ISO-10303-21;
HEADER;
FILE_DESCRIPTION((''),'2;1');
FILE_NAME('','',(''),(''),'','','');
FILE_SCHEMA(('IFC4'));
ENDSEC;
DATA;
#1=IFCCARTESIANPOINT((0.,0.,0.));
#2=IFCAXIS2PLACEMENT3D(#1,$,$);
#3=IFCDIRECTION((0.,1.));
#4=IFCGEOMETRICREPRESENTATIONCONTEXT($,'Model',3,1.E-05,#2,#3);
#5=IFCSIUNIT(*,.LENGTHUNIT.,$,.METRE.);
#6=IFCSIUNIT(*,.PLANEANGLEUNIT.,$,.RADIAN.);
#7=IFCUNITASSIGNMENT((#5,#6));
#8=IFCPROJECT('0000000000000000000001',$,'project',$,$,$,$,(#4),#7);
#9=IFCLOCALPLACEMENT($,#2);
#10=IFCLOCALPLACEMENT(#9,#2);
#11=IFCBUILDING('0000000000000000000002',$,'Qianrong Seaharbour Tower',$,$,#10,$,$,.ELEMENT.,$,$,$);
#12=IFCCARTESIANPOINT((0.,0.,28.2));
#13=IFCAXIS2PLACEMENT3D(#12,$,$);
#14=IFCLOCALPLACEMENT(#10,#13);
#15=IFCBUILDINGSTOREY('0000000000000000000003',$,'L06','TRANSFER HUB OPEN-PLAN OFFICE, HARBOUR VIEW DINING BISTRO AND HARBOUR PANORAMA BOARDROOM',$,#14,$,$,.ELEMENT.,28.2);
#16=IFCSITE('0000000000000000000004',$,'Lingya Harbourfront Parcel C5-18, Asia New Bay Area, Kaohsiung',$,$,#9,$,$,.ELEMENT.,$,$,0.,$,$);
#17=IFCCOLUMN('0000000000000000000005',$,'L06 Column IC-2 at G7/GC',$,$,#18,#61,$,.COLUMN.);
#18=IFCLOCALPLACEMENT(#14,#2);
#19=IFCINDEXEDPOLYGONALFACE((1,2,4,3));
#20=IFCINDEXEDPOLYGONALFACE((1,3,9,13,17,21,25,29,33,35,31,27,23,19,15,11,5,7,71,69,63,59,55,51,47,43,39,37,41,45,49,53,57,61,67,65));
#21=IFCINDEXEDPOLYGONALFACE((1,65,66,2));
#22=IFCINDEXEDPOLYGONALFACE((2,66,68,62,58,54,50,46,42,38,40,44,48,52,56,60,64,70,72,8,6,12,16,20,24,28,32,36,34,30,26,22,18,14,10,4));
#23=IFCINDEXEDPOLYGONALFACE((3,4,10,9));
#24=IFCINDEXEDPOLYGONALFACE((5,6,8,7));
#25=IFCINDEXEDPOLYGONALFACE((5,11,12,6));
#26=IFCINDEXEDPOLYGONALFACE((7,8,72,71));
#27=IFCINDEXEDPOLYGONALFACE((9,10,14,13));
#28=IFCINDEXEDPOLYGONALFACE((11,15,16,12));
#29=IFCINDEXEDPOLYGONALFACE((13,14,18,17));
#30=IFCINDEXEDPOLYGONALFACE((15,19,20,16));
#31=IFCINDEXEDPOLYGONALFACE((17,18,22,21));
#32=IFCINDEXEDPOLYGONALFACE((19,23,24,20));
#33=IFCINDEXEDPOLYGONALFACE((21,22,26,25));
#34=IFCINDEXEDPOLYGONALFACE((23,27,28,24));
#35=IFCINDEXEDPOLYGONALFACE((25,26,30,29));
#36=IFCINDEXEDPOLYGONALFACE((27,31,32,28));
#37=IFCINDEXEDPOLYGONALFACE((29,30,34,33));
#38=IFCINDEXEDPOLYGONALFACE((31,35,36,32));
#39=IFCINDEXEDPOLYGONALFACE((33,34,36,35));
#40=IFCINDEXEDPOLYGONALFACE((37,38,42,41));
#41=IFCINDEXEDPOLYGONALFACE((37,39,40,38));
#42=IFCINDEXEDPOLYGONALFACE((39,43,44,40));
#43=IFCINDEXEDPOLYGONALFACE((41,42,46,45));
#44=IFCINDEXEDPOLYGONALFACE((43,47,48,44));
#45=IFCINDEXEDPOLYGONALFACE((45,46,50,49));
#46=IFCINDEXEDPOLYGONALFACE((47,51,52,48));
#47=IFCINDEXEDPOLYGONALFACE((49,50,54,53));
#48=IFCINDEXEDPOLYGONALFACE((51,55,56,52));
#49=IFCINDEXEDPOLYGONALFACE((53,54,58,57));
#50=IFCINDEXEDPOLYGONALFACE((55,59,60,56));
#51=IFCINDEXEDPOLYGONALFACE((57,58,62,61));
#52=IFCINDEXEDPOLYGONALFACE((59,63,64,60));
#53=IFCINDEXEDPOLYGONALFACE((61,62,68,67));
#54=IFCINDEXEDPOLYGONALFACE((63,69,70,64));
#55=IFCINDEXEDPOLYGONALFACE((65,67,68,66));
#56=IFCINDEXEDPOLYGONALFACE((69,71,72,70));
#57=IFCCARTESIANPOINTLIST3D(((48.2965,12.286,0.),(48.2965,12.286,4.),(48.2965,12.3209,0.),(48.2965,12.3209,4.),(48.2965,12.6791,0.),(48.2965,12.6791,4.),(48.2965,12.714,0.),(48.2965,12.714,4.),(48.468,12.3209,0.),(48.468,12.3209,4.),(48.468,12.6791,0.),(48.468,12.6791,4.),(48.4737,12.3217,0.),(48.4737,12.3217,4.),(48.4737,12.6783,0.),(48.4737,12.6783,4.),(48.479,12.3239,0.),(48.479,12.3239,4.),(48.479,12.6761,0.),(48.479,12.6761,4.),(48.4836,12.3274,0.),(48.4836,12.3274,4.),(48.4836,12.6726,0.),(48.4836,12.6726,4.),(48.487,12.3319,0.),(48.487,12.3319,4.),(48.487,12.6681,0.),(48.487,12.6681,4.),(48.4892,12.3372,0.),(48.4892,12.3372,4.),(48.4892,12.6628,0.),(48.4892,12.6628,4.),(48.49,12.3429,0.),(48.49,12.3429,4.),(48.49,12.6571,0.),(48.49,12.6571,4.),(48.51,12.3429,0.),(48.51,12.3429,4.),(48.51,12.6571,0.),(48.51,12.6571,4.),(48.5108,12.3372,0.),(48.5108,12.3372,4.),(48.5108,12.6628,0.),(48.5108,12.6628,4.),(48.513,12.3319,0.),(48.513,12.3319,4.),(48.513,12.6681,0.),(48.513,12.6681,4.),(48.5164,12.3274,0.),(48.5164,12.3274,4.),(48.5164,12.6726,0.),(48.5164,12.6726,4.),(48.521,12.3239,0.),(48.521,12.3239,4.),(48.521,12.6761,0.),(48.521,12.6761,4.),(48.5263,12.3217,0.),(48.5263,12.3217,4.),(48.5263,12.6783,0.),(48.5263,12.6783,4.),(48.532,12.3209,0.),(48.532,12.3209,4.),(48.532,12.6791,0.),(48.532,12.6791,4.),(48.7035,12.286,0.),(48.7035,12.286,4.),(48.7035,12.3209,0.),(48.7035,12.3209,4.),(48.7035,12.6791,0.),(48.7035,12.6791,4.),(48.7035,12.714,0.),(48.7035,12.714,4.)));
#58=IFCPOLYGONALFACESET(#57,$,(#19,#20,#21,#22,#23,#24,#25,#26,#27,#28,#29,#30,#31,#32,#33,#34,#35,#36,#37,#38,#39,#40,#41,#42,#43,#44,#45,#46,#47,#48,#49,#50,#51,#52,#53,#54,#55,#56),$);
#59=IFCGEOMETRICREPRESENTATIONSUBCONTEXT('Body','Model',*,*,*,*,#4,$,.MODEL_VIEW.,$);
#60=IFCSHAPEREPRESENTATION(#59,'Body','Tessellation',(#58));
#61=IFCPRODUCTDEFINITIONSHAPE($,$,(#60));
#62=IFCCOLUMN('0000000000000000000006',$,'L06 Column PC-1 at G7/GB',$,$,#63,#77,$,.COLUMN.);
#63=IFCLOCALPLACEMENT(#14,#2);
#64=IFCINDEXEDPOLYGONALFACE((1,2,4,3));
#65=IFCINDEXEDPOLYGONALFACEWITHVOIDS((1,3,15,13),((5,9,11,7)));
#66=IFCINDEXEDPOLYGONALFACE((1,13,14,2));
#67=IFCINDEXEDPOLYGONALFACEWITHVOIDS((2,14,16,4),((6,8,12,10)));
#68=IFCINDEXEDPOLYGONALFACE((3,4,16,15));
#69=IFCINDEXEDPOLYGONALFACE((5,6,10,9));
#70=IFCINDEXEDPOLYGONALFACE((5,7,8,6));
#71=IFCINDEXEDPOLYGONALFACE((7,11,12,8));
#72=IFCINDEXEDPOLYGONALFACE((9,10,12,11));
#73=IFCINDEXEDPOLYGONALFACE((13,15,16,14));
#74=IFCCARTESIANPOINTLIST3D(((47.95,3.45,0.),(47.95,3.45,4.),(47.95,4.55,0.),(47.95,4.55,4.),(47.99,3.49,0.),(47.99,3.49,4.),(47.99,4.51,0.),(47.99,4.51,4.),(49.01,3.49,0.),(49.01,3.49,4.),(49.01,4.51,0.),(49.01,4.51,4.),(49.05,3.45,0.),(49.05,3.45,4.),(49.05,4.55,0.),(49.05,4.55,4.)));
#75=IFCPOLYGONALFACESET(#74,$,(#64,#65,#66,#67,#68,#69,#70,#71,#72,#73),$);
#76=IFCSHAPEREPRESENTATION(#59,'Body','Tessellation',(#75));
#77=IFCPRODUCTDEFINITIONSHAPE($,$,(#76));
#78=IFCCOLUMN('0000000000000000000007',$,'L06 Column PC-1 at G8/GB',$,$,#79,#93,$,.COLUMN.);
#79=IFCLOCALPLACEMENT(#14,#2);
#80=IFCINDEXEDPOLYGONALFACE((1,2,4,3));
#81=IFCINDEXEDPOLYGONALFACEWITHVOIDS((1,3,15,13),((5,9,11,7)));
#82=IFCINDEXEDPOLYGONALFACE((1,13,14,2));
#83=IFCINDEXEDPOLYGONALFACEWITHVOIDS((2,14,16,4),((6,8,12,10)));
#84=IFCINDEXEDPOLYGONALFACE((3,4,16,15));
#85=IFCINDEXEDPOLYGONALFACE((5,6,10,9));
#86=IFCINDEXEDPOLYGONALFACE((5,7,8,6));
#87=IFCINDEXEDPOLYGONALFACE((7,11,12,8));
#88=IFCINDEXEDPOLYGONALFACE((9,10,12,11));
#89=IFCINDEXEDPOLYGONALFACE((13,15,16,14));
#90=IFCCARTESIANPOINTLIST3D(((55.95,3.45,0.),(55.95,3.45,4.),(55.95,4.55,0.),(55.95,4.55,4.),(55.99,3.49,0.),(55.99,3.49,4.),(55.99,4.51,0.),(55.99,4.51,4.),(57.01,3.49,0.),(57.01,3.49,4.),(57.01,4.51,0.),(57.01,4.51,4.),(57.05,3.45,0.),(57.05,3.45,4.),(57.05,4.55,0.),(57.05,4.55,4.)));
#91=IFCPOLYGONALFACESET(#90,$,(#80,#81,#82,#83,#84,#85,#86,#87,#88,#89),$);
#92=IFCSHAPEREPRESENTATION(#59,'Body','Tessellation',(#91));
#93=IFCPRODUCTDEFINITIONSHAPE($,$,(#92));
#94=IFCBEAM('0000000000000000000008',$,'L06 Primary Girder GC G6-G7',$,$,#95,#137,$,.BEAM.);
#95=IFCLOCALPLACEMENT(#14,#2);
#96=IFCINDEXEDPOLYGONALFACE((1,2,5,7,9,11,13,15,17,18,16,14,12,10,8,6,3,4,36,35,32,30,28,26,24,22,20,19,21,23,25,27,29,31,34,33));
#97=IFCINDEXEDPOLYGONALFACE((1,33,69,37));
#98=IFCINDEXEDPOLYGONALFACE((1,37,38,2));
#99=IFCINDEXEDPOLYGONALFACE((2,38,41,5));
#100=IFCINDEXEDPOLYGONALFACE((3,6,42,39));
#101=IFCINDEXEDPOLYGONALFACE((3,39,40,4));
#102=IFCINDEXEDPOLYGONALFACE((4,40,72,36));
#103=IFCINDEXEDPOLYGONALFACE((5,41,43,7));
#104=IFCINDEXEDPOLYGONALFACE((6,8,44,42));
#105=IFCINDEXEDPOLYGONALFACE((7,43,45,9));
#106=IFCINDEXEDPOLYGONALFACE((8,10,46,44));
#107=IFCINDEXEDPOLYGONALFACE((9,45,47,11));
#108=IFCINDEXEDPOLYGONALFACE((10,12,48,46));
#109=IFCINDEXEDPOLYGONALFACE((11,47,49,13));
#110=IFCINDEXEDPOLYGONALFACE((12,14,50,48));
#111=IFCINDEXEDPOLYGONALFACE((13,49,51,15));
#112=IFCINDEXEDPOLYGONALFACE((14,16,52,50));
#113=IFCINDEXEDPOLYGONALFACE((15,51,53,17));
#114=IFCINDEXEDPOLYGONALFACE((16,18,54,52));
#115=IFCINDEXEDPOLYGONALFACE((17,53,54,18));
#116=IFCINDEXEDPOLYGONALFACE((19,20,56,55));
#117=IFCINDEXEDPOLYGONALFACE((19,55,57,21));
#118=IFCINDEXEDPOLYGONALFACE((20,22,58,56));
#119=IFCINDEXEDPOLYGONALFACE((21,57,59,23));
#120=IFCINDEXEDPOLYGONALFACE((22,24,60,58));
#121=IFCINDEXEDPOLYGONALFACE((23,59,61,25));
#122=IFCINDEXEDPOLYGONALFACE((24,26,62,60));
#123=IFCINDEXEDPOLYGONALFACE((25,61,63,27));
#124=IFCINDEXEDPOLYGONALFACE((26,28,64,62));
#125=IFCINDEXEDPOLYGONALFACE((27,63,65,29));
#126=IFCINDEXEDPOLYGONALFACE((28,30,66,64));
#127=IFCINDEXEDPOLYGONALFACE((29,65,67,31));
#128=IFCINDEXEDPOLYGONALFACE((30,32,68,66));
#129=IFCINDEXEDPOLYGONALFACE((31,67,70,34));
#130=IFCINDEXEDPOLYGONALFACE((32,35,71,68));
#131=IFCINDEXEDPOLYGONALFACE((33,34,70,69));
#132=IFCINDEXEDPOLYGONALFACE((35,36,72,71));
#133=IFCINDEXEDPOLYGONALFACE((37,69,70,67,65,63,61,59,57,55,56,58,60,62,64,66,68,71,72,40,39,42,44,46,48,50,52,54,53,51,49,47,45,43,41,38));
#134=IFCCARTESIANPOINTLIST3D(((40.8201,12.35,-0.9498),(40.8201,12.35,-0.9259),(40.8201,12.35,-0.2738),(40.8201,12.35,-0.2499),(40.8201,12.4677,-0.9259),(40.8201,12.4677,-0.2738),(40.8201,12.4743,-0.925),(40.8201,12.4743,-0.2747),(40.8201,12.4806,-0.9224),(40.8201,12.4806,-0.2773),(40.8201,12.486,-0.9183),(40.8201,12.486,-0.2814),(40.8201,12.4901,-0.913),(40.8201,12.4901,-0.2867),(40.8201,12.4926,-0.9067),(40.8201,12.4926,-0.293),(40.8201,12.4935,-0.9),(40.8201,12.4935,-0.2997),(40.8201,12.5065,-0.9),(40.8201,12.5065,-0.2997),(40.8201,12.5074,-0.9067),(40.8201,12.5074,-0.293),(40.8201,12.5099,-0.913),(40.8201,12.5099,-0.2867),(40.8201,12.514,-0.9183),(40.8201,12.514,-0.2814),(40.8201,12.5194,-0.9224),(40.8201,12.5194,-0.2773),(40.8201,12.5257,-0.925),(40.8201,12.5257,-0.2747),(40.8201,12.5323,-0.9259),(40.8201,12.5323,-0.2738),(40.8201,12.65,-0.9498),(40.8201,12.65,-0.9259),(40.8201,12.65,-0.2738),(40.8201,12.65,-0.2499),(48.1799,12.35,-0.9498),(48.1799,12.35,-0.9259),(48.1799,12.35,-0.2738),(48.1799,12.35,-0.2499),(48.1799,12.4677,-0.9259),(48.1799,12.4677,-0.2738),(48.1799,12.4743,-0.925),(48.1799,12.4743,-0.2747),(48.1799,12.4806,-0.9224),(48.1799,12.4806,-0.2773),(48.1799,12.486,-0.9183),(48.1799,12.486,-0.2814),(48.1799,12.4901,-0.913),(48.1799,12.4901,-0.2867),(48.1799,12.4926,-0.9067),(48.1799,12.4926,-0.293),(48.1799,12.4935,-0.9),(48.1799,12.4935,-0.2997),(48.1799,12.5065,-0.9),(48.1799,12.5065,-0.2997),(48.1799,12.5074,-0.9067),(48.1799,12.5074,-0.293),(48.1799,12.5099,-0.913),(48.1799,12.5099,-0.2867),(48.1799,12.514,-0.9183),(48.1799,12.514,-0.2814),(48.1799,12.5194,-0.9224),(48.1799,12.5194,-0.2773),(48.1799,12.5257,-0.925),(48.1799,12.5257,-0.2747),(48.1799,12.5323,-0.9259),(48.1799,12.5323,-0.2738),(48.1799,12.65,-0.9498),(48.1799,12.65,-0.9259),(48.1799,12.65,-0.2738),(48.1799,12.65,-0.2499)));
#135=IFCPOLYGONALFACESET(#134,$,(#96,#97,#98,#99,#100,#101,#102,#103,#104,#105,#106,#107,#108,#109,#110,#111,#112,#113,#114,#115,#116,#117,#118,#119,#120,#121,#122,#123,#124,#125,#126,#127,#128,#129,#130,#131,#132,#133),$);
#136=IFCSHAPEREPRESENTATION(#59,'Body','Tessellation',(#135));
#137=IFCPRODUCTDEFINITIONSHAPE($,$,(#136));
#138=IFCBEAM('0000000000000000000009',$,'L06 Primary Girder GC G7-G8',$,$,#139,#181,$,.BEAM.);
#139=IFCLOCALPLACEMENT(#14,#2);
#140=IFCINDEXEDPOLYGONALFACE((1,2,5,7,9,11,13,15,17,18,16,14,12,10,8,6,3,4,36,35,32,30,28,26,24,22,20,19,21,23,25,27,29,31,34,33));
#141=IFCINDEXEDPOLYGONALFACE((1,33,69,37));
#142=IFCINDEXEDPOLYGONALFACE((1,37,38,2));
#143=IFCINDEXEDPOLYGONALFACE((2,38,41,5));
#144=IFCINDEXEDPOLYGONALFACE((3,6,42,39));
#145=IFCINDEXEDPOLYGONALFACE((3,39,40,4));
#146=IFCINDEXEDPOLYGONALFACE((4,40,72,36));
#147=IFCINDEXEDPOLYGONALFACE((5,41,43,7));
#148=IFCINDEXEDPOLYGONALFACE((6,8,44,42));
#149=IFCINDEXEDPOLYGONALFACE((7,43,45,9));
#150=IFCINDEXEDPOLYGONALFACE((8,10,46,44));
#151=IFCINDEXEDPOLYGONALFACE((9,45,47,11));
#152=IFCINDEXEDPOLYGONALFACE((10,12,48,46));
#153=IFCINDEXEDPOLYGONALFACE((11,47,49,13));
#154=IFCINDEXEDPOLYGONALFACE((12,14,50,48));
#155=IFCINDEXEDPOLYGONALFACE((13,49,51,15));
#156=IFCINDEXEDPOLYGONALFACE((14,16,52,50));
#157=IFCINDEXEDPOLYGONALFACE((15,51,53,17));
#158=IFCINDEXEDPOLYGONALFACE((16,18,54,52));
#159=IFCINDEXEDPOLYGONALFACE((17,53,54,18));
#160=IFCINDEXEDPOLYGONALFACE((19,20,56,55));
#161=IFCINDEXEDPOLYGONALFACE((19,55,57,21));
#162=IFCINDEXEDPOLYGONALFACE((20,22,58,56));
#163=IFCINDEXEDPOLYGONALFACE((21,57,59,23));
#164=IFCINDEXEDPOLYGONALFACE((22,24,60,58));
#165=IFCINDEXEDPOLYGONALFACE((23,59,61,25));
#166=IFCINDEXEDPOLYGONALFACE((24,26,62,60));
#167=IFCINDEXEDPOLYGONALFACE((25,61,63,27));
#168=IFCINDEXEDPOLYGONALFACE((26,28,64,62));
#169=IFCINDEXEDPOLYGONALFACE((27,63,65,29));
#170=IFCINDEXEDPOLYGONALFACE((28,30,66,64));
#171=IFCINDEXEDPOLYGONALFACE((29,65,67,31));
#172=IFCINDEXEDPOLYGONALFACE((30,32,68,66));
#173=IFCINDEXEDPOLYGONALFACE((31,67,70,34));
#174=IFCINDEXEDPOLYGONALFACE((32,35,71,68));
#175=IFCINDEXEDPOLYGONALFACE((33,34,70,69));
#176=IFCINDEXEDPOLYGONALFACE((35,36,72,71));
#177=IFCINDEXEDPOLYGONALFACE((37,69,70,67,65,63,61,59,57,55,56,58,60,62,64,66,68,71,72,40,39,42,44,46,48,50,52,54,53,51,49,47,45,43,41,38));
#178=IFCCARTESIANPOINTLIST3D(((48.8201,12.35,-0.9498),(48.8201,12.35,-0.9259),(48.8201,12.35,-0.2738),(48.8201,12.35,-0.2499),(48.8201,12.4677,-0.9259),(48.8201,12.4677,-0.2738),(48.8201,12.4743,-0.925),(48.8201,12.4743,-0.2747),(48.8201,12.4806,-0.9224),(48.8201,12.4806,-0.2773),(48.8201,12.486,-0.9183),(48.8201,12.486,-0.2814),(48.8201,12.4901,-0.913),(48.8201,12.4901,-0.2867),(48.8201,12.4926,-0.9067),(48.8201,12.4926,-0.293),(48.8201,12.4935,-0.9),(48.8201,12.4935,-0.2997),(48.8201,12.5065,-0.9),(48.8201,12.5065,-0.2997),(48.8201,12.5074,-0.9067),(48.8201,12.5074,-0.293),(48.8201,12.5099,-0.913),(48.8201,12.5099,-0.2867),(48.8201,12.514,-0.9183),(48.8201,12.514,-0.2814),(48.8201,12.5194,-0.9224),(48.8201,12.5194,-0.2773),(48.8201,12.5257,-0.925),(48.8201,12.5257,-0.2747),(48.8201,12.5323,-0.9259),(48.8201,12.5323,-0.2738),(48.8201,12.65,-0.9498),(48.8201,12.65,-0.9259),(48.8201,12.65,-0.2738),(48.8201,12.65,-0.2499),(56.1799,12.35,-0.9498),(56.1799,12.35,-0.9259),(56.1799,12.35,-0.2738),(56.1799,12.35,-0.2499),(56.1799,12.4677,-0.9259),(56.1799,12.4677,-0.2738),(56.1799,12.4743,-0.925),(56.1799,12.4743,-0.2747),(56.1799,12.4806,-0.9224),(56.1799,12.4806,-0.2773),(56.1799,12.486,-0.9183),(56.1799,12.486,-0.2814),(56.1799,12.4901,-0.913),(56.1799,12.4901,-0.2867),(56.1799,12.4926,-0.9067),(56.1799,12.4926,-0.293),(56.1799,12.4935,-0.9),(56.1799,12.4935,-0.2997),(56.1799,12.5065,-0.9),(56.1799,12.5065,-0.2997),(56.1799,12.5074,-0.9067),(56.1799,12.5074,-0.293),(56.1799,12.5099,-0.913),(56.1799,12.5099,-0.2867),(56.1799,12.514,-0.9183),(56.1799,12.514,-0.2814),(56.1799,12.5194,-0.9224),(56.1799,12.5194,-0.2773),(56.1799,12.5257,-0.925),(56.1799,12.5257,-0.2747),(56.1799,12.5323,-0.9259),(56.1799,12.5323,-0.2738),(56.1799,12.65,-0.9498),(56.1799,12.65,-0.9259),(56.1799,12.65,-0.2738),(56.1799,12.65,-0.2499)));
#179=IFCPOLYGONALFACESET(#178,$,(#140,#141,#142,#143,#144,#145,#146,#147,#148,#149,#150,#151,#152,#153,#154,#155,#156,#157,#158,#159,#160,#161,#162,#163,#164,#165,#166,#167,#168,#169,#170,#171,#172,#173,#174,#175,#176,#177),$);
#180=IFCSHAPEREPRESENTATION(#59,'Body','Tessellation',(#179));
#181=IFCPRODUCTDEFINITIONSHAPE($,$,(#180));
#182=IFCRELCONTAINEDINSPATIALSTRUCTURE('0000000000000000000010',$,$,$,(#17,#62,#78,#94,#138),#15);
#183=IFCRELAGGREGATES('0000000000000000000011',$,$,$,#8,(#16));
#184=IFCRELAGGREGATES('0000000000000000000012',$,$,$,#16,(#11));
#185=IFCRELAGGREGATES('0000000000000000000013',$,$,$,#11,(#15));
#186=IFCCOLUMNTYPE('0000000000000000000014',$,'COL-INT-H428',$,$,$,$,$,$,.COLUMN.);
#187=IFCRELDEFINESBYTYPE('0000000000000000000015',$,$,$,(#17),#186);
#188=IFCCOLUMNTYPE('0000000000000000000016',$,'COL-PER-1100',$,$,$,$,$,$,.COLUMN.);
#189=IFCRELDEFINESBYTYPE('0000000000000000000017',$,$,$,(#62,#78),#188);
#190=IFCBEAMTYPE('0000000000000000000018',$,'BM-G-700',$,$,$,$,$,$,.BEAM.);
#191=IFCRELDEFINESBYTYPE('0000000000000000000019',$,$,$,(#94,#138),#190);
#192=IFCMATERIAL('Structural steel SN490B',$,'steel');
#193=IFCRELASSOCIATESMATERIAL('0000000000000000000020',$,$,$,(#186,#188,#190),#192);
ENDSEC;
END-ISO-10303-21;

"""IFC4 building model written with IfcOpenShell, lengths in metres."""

from ifc_helpers import new_model, si_unit, direction, frame, origin, origin_2d, place, context, subcontext, project, spatial, hollow_rectangle, i_section, extrude, material, material_profile, profile_set, type_object, element, save


model = new_model("IFC4")

# Units and contexts
model_context = context("Model", 3, precision=1e-05, world=origin(), true_north=direction((0.0, 1.0)))
body_context = subcontext(model_context, "Body", "Model", "MODEL_VIEW")
ifc_project = project(units=[si_unit("LENGTHUNIT", "METRE"), si_unit("PLANEANGLEUNIT", "RADIAN")], contexts=[model_context])

# Site, building, storey
site_placement = place(None, origin())
site = spatial("IfcSite", under=ifc_project, at=site_placement, Name="Lingya Harbourfront Parcel C5-18, Asia New Bay Area, Kaohsiung", CompositionType="ELEMENT", RefElevation=0.0)
building_placement = place(site_placement, origin())
building = spatial("IfcBuilding", under=site, at=building_placement, Name="Qianrong Seaharbour Tower", CompositionType="ELEMENT")
storey_placement = place(building_placement, frame((0.0, 0.0, 28.2)))
storey = spatial("IfcBuildingStorey", under=building, at=storey_placement, Name="L06", Description="TRANSFER HUB OPEN-PLAN OFFICE, HARBOUR VIEW DINING BISTRO AND HARBOUR PANORAMA BOARDROOM", CompositionType="ELEMENT", Elevation=28.2)

# Columns
ifc_material_1 = material(Name="Structural steel SN490B", Category="steel")
ifc_material_profile_1 = material_profile(ifc_material_1, i_section(OverallWidth=0.407, OverallDepth=0.428, WebThickness=0.02, FlangeThickness=0.0349, FilletRadius=0.022, at=origin_2d()), Name="H428x407x20x35")
ifc_profile_set_1 = profile_set([ifc_material_profile_1], Name="Structural steel SN490B")
column_type_1 = type_object("IfcColumnType", Name="COL-INT-H428", PredefinedType="COLUMN", material=ifc_profile_set_1)
column_placement = place(storey_placement, frame((48.5, 12.5, 0.0), z_axis=(0.0, 0.0, 1.0), x_axis=(1.0, 0.0, 0.0)))
element("IfcColumn", 1, at=column_placement, inside=storey, type_object=column_type_1, Name="L06 Column IC-2 at G7/GC", PredefinedType="COLUMN", context=body_context, shape_type="SweptSolid", body=[
    extrude(i_section(OverallWidth=0.407, OverallDepth=0.428, WebThickness=0.02, FlangeThickness=0.0349, FilletRadius=0.022, at=origin_2d()), origin(), (0.0, 0.0, 1.0), 4.0),
])
ifc_material_profile_2 = material_profile(ifc_material_1, hollow_rectangle(XDim=1.1001, YDim=1.1001, WallThickness=0.04, at=origin_2d()), Name="BOX1100x1100x40")
ifc_profile_set_2 = profile_set([ifc_material_profile_2], Name="Structural steel SN490B")
column_type_2 = type_object("IfcColumnType", Name="COL-PER-1100", PredefinedType="COLUMN", material=ifc_profile_set_2)
for number, where, z_axis, x_axis, name in (
    (2, (48.5, 4.0, 0.0), (0.0, 0.0, 1.0), (1.0, 0.0, 0.0), "L06 Column PC-1 at G7/GB"),
    (3, (56.5, 4.0, 0.0), (0.0, 0.0, 1.0), (1.0, 0.0, 0.0), "L06 Column PC-1 at G8/GB"),
):
    element("IfcColumn", number, at=place(storey_placement, frame(where, z_axis=z_axis, x_axis=x_axis)), inside=storey, type_object=column_type_2, Name=name, PredefinedType="COLUMN", context=body_context, shape_type="SweptSolid", body=[
        extrude(hollow_rectangle(XDim=1.1001, YDim=1.1001, WallThickness=0.04, at=origin_2d()), origin(), (0.0, 0.0, 1.0), 4.0),
    ])

# Beams
ifc_material_profile_3 = material_profile(ifc_material_1, i_section(OverallWidth=0.3, OverallDepth=0.7, WebThickness=0.0129, FlangeThickness=0.0239, FilletRadius=0.0259, at=origin_2d()), Name="H700x300x13x24")
ifc_profile_set_3 = profile_set([ifc_material_profile_3], Name="Structural steel SN490B")
beam_type_1 = type_object("IfcBeamType", Name="BM-G-700", PredefinedType="BEAM", material=ifc_profile_set_3)
for number, where, z_axis, x_axis, name in (
    (4, (40.8201, 12.5, -0.5999), (1.0, 0.0, 0.0), (0.0, 1.0, 0.0), "L06 Primary Girder GC G6-G7"),
    (5, (48.8201, 12.5, -0.5999), (1.0, 0.0, 0.0), (0.0, 1.0, 0.0), "L06 Primary Girder GC G7-G8"),
):
    element("IfcBeam", number, at=place(storey_placement, frame(where, z_axis=z_axis, x_axis=x_axis)), inside=storey, type_object=beam_type_1, Name=name, PredefinedType="BEAM", context=body_context, shape_type="SweptSolid", body=[
        extrude(i_section(OverallWidth=0.3, OverallDepth=0.7, WebThickness=0.0129, FlangeThickness=0.0239, FilletRadius=0.0259, at=origin_2d()), origin(), (0.0, 0.0, 1.0), 7.3599),
    ])

save(model, "model.ifc")
